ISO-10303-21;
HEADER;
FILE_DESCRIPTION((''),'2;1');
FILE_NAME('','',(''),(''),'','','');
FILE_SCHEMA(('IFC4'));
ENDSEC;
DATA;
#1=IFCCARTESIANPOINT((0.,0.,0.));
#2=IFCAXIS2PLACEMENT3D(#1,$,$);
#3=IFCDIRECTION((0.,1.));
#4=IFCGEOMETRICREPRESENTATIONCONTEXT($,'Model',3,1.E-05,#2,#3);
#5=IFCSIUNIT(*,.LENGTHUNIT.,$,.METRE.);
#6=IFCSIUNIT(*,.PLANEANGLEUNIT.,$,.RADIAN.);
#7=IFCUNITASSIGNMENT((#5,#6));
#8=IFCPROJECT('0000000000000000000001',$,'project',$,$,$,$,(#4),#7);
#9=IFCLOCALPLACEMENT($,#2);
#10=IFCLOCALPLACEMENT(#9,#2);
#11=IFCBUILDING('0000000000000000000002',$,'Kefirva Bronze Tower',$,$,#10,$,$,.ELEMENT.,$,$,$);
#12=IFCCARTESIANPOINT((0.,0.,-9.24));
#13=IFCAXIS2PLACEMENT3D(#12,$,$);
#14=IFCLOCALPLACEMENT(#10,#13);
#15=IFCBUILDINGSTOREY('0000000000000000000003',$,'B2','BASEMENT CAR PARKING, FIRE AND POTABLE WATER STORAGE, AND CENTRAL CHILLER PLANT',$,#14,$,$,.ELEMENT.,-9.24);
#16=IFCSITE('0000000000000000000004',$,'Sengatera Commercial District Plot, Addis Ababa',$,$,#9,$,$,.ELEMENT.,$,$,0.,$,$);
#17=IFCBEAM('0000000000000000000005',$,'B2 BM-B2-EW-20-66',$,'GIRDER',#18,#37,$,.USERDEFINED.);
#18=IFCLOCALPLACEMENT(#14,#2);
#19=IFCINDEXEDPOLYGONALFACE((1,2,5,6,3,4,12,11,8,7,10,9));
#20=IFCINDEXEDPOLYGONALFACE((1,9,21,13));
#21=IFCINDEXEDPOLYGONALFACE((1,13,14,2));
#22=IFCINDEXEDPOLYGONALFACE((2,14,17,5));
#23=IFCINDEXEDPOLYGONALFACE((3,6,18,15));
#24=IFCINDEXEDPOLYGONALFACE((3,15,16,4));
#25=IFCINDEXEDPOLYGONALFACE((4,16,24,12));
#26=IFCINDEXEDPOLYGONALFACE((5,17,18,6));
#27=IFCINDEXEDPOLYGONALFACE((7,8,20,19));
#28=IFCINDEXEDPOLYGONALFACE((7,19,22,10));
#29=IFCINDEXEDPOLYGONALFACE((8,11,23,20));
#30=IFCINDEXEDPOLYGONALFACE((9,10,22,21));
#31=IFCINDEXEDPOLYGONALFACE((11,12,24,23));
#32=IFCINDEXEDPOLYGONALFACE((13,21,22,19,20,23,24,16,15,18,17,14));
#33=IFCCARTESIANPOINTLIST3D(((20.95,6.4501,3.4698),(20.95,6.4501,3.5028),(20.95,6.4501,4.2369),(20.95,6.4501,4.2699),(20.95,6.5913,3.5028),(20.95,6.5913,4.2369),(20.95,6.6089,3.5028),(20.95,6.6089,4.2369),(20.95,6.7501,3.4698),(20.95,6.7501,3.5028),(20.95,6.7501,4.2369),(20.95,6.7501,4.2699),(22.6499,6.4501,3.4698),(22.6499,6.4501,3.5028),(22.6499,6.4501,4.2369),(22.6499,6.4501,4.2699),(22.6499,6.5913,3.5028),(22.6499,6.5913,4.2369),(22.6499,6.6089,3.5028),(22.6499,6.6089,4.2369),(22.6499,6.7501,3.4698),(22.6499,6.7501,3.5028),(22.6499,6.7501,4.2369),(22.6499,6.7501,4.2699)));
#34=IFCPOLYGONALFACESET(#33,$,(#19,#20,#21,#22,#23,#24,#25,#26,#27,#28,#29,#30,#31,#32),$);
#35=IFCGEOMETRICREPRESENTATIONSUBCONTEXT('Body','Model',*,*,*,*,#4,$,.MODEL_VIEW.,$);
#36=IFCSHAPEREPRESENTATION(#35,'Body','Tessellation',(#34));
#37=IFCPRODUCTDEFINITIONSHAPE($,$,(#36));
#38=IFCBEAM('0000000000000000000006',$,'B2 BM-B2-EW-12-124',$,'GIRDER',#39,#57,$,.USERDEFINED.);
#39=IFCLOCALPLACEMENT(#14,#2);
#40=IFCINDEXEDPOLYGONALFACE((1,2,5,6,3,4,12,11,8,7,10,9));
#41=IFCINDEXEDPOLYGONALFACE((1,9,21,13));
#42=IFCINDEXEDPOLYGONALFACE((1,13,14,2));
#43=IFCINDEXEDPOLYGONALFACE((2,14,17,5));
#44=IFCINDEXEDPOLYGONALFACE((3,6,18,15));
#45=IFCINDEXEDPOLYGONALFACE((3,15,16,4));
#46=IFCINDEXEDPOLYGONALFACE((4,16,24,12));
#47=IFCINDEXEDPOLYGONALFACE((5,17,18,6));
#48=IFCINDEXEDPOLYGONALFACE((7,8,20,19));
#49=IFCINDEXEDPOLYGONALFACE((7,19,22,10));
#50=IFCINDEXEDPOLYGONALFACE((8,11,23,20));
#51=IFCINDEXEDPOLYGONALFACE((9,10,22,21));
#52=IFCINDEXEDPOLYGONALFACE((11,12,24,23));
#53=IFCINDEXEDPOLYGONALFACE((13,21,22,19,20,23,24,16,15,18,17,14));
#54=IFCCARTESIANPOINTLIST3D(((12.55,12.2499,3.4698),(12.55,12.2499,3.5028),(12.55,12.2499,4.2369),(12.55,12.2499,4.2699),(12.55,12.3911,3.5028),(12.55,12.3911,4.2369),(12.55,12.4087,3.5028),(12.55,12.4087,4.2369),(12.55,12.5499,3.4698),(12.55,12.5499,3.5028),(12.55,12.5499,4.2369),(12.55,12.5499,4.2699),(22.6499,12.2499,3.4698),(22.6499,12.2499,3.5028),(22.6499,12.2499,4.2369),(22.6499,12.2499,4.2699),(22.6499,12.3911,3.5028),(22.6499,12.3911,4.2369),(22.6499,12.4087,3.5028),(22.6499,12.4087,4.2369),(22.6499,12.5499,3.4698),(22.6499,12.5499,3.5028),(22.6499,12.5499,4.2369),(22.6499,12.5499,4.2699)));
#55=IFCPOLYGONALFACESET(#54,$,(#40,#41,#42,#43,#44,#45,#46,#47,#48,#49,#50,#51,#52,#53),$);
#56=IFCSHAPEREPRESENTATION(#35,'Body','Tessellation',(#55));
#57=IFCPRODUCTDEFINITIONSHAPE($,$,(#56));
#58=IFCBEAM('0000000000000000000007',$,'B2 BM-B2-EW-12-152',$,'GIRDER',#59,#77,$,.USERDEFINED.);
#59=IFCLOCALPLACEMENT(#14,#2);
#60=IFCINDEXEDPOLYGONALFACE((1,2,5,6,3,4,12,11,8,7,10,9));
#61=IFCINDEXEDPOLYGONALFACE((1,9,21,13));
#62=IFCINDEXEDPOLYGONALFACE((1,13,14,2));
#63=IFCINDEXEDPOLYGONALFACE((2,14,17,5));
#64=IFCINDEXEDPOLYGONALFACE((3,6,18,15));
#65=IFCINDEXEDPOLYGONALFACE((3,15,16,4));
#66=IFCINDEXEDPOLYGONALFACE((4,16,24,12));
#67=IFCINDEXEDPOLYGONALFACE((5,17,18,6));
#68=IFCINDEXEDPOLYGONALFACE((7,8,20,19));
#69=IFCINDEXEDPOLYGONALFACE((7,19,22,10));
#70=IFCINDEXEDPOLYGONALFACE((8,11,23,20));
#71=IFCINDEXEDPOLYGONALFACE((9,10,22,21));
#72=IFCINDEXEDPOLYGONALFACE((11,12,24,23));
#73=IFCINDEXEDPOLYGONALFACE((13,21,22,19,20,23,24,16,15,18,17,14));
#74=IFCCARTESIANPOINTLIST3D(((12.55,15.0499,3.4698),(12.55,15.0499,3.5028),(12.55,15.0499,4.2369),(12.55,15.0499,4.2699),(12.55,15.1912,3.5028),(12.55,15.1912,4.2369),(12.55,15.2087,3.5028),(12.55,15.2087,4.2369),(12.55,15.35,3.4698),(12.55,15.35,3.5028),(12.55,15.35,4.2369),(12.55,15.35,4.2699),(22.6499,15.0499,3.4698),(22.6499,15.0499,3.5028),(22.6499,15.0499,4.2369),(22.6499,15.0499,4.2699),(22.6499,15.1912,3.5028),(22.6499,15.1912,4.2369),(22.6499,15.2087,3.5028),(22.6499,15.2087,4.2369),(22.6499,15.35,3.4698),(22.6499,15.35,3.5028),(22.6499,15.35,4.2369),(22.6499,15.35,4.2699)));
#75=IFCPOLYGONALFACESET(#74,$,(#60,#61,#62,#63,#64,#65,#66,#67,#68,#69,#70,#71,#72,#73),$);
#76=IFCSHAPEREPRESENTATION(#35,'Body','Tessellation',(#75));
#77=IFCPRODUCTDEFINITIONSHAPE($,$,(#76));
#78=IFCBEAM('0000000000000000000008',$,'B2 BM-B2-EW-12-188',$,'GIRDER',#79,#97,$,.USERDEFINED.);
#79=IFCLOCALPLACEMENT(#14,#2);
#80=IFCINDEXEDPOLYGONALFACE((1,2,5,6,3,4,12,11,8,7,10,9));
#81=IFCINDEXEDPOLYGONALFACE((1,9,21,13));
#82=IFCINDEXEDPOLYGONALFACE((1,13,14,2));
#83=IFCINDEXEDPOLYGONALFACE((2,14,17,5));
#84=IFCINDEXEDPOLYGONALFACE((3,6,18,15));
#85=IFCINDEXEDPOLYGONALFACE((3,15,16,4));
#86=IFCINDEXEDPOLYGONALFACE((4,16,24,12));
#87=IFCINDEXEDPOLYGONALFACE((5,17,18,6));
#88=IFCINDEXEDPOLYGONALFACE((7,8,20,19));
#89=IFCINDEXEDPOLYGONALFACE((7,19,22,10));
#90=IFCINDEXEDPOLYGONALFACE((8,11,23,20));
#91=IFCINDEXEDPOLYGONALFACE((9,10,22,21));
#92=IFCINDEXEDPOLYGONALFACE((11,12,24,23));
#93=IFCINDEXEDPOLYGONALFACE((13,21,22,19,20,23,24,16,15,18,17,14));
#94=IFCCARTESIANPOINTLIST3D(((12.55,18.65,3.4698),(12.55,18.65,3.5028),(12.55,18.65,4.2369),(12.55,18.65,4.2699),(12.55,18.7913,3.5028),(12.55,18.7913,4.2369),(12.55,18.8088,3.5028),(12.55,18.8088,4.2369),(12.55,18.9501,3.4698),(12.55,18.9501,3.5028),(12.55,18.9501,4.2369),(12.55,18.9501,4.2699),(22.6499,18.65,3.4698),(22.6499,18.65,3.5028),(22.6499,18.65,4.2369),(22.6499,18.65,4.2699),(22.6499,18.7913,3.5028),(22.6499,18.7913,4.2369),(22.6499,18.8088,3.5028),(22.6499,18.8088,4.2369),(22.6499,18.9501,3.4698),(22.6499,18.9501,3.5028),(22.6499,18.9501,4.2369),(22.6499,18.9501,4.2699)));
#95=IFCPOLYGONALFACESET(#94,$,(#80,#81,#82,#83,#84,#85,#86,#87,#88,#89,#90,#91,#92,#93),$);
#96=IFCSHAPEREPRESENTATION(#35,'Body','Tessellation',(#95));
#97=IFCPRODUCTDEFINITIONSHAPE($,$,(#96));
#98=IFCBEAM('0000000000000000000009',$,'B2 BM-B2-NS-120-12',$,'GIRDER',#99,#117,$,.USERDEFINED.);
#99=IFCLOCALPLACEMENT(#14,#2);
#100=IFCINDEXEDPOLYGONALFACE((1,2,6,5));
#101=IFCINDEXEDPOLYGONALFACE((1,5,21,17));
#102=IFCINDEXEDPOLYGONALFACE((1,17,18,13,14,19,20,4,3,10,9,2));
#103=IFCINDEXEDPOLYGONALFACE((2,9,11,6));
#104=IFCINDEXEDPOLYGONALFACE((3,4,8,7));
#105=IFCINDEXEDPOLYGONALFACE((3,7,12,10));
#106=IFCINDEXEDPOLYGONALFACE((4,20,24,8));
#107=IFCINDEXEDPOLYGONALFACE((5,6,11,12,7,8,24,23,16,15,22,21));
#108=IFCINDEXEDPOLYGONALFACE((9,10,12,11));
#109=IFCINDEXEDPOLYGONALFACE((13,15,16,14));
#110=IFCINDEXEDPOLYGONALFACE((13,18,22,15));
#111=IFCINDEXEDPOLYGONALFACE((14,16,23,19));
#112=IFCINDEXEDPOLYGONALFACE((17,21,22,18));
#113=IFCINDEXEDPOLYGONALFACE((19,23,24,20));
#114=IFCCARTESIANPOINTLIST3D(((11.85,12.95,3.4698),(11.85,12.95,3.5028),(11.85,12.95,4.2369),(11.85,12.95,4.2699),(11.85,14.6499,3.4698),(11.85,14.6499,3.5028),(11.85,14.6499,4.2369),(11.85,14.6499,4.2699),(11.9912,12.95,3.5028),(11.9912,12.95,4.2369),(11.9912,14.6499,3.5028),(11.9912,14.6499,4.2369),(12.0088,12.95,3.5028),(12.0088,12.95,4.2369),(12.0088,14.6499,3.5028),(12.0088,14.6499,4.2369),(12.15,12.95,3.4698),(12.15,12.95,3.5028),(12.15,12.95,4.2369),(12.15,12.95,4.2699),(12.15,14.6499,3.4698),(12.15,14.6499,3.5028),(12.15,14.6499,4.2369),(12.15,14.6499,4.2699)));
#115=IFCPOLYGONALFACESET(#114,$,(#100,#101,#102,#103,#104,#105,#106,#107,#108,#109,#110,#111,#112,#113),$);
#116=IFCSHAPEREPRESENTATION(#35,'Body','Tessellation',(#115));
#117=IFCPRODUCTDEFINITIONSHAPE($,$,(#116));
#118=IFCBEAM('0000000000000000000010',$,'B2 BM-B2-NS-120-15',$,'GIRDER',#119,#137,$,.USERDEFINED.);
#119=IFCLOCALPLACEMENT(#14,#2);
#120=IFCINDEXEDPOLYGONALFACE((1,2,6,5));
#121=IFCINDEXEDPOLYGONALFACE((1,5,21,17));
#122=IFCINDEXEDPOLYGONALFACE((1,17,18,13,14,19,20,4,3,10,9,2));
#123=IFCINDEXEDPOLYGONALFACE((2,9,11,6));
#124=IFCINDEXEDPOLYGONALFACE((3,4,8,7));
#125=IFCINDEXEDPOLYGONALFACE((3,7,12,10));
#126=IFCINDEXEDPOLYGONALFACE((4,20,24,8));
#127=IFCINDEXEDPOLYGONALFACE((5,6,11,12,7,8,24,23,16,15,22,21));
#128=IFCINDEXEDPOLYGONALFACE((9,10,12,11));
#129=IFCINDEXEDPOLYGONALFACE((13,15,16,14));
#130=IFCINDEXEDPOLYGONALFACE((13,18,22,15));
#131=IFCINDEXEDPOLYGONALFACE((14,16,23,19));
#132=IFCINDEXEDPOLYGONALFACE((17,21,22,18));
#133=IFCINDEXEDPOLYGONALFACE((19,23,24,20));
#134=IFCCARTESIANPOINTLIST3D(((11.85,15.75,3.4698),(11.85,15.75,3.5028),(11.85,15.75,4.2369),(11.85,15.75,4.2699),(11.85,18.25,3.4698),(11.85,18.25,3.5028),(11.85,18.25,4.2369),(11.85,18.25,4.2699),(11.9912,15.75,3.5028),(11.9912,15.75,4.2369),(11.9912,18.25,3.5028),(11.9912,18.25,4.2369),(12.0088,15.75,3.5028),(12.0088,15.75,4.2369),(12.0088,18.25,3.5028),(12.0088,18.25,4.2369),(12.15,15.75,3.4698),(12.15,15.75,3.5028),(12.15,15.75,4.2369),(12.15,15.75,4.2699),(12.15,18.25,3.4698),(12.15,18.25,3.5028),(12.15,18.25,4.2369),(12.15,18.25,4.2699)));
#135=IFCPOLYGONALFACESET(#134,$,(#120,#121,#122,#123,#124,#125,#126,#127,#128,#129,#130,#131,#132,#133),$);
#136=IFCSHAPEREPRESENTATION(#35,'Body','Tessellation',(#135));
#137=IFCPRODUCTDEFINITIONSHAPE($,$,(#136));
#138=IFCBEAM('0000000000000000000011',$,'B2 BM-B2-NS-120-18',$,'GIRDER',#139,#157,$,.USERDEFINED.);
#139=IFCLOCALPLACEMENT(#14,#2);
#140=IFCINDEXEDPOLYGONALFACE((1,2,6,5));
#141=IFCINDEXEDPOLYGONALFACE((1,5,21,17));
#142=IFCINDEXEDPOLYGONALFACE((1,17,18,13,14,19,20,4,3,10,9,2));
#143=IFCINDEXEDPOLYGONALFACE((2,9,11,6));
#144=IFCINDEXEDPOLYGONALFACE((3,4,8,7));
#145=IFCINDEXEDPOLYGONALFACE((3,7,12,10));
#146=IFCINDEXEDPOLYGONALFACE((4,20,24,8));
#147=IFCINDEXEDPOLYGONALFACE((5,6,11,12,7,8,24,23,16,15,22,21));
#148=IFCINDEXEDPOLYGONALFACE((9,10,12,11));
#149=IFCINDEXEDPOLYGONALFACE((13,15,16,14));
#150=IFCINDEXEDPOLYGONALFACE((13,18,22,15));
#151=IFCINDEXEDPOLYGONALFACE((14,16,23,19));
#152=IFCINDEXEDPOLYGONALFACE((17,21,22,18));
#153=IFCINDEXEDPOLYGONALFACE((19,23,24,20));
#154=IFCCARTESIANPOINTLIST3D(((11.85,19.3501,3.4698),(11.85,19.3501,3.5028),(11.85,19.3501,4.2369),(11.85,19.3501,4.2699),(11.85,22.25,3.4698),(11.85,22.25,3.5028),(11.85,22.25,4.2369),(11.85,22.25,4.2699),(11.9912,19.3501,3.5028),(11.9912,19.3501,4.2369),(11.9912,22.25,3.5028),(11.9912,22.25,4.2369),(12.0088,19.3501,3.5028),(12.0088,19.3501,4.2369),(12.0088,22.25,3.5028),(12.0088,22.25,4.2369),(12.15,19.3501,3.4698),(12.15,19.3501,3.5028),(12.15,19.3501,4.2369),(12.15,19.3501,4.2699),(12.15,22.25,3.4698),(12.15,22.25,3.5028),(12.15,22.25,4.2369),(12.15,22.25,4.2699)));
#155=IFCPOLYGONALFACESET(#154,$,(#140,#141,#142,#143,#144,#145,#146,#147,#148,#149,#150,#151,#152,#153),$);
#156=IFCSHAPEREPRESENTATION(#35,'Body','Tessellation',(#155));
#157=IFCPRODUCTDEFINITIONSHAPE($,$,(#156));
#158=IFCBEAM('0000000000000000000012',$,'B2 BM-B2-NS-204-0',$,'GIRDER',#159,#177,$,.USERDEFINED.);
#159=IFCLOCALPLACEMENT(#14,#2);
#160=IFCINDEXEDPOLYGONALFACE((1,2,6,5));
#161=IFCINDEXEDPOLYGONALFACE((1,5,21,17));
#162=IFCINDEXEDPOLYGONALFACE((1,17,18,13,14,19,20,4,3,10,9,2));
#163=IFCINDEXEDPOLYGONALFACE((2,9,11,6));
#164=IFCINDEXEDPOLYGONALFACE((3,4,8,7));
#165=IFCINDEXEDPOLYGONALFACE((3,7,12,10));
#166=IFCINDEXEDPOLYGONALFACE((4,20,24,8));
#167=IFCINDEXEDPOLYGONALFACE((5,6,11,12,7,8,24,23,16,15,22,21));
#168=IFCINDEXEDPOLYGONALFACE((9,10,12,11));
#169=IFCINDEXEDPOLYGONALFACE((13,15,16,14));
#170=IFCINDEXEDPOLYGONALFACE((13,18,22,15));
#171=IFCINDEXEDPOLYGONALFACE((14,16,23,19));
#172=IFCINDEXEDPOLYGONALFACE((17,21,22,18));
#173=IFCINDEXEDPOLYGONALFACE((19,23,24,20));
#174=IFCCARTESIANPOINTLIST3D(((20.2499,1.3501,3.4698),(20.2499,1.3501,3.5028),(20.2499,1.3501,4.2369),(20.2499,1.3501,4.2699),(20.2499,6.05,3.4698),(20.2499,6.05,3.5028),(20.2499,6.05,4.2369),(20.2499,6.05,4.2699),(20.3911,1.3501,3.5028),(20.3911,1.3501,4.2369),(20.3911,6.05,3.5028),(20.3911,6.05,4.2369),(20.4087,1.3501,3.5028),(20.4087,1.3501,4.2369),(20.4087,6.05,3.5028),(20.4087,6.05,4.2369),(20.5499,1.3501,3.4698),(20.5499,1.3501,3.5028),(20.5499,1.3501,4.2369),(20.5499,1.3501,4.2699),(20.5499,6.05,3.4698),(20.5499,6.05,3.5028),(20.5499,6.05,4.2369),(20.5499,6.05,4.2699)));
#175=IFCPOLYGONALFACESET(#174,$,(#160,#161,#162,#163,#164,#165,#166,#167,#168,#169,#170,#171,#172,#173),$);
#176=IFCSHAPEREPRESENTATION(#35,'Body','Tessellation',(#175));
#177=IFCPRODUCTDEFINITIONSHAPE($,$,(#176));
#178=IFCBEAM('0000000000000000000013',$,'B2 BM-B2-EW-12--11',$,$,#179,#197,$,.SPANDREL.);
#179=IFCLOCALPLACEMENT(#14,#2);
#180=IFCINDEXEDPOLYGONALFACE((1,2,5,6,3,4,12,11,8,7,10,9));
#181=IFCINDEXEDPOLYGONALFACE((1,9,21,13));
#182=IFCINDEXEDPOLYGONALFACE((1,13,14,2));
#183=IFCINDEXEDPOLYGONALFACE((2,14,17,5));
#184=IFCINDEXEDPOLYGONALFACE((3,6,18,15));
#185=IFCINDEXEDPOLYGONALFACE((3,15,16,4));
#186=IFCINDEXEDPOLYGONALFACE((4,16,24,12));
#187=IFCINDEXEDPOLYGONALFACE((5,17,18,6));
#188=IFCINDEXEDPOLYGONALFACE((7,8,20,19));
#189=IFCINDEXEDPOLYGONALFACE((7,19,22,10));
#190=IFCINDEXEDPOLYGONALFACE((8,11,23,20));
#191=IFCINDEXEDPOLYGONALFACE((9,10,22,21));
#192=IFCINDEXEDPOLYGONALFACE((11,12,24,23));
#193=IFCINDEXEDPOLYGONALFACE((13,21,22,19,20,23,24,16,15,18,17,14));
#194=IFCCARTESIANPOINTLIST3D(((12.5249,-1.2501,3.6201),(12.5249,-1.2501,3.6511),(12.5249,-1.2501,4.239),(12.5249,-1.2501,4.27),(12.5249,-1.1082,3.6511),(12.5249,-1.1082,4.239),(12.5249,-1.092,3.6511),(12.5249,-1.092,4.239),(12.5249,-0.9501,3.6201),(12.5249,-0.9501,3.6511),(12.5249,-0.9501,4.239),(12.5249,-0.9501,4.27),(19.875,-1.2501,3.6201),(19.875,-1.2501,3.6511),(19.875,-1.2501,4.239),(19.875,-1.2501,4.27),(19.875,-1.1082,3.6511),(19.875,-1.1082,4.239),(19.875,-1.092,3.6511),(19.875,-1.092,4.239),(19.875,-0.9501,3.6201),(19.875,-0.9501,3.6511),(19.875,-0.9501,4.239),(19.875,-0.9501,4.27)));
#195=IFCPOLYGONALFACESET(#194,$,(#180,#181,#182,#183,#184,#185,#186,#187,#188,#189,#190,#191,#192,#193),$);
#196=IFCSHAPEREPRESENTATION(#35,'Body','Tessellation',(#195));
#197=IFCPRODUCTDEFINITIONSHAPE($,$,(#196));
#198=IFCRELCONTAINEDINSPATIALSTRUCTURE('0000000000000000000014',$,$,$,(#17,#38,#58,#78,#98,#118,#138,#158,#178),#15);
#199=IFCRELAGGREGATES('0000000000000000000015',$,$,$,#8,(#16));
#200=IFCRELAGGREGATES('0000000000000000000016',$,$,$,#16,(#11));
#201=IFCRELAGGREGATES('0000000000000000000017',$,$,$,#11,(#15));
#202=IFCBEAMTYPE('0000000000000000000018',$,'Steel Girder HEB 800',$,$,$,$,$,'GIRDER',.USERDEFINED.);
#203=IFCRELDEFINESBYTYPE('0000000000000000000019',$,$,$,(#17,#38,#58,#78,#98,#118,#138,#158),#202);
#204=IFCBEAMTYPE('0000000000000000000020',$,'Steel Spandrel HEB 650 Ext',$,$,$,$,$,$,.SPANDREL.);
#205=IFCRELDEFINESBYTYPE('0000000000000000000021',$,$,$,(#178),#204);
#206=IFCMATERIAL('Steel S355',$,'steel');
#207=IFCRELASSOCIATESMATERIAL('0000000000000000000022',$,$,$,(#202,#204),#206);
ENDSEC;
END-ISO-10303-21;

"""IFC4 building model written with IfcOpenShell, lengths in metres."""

from ifc_helpers import new_model, si_unit, direction, frame, origin, origin_2d, place, context, subcontext, project, spatial, i_section, extrude, material, material_profile, profile_set, type_object, element, save


model = new_model("IFC4")

# Units and contexts
model_context = context("Model", 3, precision=1e-05, world=origin(), true_north=direction((0.0, 1.0)))
body_context = subcontext(model_context, "Body", "Model", "MODEL_VIEW")
ifc_project = project(units=[si_unit("LENGTHUNIT", "METRE"), si_unit("PLANEANGLEUNIT", "RADIAN")], contexts=[model_context])

# Site, building, storey
site_placement = place(None, origin())
site = spatial("IfcSite", under=ifc_project, at=site_placement, Name="Sengatera Commercial District Plot, Addis Ababa", CompositionType="ELEMENT", RefElevation=0.0)
building_placement = place(site_placement, origin())
building = spatial("IfcBuilding", under=site, at=building_placement, Name="Kefirva Bronze Tower", CompositionType="ELEMENT")
storey_placement = place(building_placement, frame((0.0, 0.0, -9.24)))
storey = spatial("IfcBuildingStorey", under=building, at=storey_placement, Name="B2", Description="BASEMENT CAR PARKING, FIRE AND POTABLE WATER STORAGE, AND CENTRAL CHILLER PLANT", CompositionType="ELEMENT", Elevation=-9.24)

# Beams
ifc_material_1 = material(Name="Steel S355", Category="steel")
ifc_material_profile_1 = material_profile(ifc_material_1, i_section(OverallWidth=0.3, OverallDepth=0.8, WebThickness=0.0176, FlangeThickness=0.033, at=origin_2d()), Name="HEB 800")
ifc_profile_set_1 = profile_set([ifc_material_profile_1], Name="Steel S355")
beam_type_1 = type_object("IfcBeamType", Name="Steel Girder HEB 800", ElementType="GIRDER", PredefinedType="USERDEFINED", material=ifc_profile_set_1)
beam_1_placement = place(storey_placement, frame((20.95, 6.6001, 3.8699), z_axis=(1.0, 0.0, 0.0), x_axis=(0.0, 1.0, 0.0)))
element("IfcBeam", 1, at=beam_1_placement, inside=storey, type_object=beam_type_1, Name="B2 BM-B2-EW-20-66", ObjectType="GIRDER", PredefinedType="USERDEFINED", context=body_context, shape_type="SweptSolid", body=[
    extrude(i_section(OverallWidth=0.3, OverallDepth=0.8, WebThickness=0.0176, FlangeThickness=0.033, at=origin_2d()), origin(), (0.0, 0.0, 1.0), 1.7),
])
for number, where, z_axis, x_axis, name in (
    (2, (12.55, 12.3999, 3.8699), (1.0, 0.0, 0.0), (0.0, 1.0, 0.0), "B2 BM-B2-EW-12-124"),
    (3, (12.55, 15.2, 3.8699), (1.0, 0.0, 0.0), (0.0, 1.0, 0.0), "B2 BM-B2-EW-12-152"),
    (4, (12.55, 18.8, 3.8699), (1.0, 0.0, 0.0), (0.0, 1.0, 0.0), "B2 BM-B2-EW-12-188"),
):
    element("IfcBeam", number, at=place(storey_placement, frame(where, z_axis=z_axis, x_axis=x_axis)), inside=storey, type_object=beam_type_1, Name=name, ObjectType="GIRDER", PredefinedType="USERDEFINED", context=body_context, shape_type="SweptSolid", body=[
        extrude(i_section(OverallWidth=0.3, OverallDepth=0.8, WebThickness=0.0176, FlangeThickness=0.033, at=origin_2d()), origin(), (0.0, 0.0, 1.0), 10.0999),
    ])
beam_2_placement = place(storey_placement, frame((12.0, 12.95, 3.8699), z_axis=(0.0, 1.0, 0.0), x_axis=(-1.0, 0.0, 0.0)))
element("IfcBeam", 5, at=beam_2_placement, inside=storey, type_object=beam_type_1, Name="B2 BM-B2-NS-120-12", ObjectType="GIRDER", PredefinedType="USERDEFINED", context=body_context, shape_type="SweptSolid", body=[
    extrude(i_section(OverallWidth=0.3, OverallDepth=0.8, WebThickness=0.0176, FlangeThickness=0.033, at=origin_2d()), origin(), (0.0, 0.0, 1.0), 1.7),
])
beam_3_placement = place(storey_placement, frame((12.0, 15.75, 3.8699), z_axis=(0.0, 1.0, 0.0), x_axis=(-1.0, 0.0, 0.0)))
element("IfcBeam", 6, at=beam_3_placement, inside=storey, type_object=beam_type_1, Name="B2 BM-B2-NS-120-15", ObjectType="GIRDER", PredefinedType="USERDEFINED", context=body_context, shape_type="SweptSolid", body=[
    extrude(i_section(OverallWidth=0.3, OverallDepth=0.8, WebThickness=0.0176, FlangeThickness=0.033, at=origin_2d()), origin(), (0.0, 0.0, 1.0), 2.5),
])
beam_4_placement = place(storey_placement, frame((12.0, 19.3501, 3.8699), z_axis=(0.0, 1.0, 0.0), x_axis=(-1.0, 0.0, 0.0)))
element("IfcBeam", 7, at=beam_4_placement, inside=storey, type_object=beam_type_1, Name="B2 BM-B2-NS-120-18", ObjectType="GIRDER", PredefinedType="USERDEFINED", context=body_context, shape_type="SweptSolid", body=[
    extrude(i_section(OverallWidth=0.3, OverallDepth=0.8, WebThickness=0.0176, FlangeThickness=0.033, at=origin_2d()), origin(), (0.0, 0.0, 1.0), 2.8999),
])
beam_5_placement = place(storey_placement, frame((20.3999, 1.3501, 3.8699), z_axis=(0.0, 1.0, 0.0), x_axis=(-1.0, 0.0, 0.0)))
element("IfcBeam", 8, at=beam_5_placement, inside=storey, type_object=beam_type_1, Name="B2 BM-B2-NS-204-0", ObjectType="GIRDER", PredefinedType="USERDEFINED", context=body_context, shape_type="SweptSolid", body=[
    extrude(i_section(OverallWidth=0.3, OverallDepth=0.8, WebThickness=0.0176, FlangeThickness=0.033, at=origin_2d()), origin(), (0.0, 0.0, 1.0), 4.7),
])
ifc_material_profile_2 = material_profile(ifc_material_1, i_section(OverallWidth=0.3, OverallDepth=0.6499, WebThickness=0.0161, FlangeThickness=0.031, at=origin_2d()), Name="HEB 650")
ifc_profile_set_2 = profile_set([ifc_material_profile_2], Name="Steel S355")
beam_type_2 = type_object("IfcBeamType", Name="Steel Spandrel HEB 650 Ext", PredefinedType="SPANDREL", material=ifc_profile_set_2)
beam_6_placement = place(storey_placement, frame((12.5249, -1.1001, 3.9451), z_axis=(1.0, 0.0, 0.0), x_axis=(0.0, 1.0, 0.0)))
element("IfcBeam", 9, at=beam_6_placement, inside=storey, type_object=beam_type_2, Name="B2 BM-B2-EW-12--11", PredefinedType="SPANDREL", context=body_context, shape_type="SweptSolid", body=[
    extrude(i_section(OverallWidth=0.3, OverallDepth=0.6499, WebThickness=0.0161, FlangeThickness=0.031, at=origin_2d()), origin(), (0.0, 0.0, 1.0), 7.3501),
])

save(model, "model.ifc")
